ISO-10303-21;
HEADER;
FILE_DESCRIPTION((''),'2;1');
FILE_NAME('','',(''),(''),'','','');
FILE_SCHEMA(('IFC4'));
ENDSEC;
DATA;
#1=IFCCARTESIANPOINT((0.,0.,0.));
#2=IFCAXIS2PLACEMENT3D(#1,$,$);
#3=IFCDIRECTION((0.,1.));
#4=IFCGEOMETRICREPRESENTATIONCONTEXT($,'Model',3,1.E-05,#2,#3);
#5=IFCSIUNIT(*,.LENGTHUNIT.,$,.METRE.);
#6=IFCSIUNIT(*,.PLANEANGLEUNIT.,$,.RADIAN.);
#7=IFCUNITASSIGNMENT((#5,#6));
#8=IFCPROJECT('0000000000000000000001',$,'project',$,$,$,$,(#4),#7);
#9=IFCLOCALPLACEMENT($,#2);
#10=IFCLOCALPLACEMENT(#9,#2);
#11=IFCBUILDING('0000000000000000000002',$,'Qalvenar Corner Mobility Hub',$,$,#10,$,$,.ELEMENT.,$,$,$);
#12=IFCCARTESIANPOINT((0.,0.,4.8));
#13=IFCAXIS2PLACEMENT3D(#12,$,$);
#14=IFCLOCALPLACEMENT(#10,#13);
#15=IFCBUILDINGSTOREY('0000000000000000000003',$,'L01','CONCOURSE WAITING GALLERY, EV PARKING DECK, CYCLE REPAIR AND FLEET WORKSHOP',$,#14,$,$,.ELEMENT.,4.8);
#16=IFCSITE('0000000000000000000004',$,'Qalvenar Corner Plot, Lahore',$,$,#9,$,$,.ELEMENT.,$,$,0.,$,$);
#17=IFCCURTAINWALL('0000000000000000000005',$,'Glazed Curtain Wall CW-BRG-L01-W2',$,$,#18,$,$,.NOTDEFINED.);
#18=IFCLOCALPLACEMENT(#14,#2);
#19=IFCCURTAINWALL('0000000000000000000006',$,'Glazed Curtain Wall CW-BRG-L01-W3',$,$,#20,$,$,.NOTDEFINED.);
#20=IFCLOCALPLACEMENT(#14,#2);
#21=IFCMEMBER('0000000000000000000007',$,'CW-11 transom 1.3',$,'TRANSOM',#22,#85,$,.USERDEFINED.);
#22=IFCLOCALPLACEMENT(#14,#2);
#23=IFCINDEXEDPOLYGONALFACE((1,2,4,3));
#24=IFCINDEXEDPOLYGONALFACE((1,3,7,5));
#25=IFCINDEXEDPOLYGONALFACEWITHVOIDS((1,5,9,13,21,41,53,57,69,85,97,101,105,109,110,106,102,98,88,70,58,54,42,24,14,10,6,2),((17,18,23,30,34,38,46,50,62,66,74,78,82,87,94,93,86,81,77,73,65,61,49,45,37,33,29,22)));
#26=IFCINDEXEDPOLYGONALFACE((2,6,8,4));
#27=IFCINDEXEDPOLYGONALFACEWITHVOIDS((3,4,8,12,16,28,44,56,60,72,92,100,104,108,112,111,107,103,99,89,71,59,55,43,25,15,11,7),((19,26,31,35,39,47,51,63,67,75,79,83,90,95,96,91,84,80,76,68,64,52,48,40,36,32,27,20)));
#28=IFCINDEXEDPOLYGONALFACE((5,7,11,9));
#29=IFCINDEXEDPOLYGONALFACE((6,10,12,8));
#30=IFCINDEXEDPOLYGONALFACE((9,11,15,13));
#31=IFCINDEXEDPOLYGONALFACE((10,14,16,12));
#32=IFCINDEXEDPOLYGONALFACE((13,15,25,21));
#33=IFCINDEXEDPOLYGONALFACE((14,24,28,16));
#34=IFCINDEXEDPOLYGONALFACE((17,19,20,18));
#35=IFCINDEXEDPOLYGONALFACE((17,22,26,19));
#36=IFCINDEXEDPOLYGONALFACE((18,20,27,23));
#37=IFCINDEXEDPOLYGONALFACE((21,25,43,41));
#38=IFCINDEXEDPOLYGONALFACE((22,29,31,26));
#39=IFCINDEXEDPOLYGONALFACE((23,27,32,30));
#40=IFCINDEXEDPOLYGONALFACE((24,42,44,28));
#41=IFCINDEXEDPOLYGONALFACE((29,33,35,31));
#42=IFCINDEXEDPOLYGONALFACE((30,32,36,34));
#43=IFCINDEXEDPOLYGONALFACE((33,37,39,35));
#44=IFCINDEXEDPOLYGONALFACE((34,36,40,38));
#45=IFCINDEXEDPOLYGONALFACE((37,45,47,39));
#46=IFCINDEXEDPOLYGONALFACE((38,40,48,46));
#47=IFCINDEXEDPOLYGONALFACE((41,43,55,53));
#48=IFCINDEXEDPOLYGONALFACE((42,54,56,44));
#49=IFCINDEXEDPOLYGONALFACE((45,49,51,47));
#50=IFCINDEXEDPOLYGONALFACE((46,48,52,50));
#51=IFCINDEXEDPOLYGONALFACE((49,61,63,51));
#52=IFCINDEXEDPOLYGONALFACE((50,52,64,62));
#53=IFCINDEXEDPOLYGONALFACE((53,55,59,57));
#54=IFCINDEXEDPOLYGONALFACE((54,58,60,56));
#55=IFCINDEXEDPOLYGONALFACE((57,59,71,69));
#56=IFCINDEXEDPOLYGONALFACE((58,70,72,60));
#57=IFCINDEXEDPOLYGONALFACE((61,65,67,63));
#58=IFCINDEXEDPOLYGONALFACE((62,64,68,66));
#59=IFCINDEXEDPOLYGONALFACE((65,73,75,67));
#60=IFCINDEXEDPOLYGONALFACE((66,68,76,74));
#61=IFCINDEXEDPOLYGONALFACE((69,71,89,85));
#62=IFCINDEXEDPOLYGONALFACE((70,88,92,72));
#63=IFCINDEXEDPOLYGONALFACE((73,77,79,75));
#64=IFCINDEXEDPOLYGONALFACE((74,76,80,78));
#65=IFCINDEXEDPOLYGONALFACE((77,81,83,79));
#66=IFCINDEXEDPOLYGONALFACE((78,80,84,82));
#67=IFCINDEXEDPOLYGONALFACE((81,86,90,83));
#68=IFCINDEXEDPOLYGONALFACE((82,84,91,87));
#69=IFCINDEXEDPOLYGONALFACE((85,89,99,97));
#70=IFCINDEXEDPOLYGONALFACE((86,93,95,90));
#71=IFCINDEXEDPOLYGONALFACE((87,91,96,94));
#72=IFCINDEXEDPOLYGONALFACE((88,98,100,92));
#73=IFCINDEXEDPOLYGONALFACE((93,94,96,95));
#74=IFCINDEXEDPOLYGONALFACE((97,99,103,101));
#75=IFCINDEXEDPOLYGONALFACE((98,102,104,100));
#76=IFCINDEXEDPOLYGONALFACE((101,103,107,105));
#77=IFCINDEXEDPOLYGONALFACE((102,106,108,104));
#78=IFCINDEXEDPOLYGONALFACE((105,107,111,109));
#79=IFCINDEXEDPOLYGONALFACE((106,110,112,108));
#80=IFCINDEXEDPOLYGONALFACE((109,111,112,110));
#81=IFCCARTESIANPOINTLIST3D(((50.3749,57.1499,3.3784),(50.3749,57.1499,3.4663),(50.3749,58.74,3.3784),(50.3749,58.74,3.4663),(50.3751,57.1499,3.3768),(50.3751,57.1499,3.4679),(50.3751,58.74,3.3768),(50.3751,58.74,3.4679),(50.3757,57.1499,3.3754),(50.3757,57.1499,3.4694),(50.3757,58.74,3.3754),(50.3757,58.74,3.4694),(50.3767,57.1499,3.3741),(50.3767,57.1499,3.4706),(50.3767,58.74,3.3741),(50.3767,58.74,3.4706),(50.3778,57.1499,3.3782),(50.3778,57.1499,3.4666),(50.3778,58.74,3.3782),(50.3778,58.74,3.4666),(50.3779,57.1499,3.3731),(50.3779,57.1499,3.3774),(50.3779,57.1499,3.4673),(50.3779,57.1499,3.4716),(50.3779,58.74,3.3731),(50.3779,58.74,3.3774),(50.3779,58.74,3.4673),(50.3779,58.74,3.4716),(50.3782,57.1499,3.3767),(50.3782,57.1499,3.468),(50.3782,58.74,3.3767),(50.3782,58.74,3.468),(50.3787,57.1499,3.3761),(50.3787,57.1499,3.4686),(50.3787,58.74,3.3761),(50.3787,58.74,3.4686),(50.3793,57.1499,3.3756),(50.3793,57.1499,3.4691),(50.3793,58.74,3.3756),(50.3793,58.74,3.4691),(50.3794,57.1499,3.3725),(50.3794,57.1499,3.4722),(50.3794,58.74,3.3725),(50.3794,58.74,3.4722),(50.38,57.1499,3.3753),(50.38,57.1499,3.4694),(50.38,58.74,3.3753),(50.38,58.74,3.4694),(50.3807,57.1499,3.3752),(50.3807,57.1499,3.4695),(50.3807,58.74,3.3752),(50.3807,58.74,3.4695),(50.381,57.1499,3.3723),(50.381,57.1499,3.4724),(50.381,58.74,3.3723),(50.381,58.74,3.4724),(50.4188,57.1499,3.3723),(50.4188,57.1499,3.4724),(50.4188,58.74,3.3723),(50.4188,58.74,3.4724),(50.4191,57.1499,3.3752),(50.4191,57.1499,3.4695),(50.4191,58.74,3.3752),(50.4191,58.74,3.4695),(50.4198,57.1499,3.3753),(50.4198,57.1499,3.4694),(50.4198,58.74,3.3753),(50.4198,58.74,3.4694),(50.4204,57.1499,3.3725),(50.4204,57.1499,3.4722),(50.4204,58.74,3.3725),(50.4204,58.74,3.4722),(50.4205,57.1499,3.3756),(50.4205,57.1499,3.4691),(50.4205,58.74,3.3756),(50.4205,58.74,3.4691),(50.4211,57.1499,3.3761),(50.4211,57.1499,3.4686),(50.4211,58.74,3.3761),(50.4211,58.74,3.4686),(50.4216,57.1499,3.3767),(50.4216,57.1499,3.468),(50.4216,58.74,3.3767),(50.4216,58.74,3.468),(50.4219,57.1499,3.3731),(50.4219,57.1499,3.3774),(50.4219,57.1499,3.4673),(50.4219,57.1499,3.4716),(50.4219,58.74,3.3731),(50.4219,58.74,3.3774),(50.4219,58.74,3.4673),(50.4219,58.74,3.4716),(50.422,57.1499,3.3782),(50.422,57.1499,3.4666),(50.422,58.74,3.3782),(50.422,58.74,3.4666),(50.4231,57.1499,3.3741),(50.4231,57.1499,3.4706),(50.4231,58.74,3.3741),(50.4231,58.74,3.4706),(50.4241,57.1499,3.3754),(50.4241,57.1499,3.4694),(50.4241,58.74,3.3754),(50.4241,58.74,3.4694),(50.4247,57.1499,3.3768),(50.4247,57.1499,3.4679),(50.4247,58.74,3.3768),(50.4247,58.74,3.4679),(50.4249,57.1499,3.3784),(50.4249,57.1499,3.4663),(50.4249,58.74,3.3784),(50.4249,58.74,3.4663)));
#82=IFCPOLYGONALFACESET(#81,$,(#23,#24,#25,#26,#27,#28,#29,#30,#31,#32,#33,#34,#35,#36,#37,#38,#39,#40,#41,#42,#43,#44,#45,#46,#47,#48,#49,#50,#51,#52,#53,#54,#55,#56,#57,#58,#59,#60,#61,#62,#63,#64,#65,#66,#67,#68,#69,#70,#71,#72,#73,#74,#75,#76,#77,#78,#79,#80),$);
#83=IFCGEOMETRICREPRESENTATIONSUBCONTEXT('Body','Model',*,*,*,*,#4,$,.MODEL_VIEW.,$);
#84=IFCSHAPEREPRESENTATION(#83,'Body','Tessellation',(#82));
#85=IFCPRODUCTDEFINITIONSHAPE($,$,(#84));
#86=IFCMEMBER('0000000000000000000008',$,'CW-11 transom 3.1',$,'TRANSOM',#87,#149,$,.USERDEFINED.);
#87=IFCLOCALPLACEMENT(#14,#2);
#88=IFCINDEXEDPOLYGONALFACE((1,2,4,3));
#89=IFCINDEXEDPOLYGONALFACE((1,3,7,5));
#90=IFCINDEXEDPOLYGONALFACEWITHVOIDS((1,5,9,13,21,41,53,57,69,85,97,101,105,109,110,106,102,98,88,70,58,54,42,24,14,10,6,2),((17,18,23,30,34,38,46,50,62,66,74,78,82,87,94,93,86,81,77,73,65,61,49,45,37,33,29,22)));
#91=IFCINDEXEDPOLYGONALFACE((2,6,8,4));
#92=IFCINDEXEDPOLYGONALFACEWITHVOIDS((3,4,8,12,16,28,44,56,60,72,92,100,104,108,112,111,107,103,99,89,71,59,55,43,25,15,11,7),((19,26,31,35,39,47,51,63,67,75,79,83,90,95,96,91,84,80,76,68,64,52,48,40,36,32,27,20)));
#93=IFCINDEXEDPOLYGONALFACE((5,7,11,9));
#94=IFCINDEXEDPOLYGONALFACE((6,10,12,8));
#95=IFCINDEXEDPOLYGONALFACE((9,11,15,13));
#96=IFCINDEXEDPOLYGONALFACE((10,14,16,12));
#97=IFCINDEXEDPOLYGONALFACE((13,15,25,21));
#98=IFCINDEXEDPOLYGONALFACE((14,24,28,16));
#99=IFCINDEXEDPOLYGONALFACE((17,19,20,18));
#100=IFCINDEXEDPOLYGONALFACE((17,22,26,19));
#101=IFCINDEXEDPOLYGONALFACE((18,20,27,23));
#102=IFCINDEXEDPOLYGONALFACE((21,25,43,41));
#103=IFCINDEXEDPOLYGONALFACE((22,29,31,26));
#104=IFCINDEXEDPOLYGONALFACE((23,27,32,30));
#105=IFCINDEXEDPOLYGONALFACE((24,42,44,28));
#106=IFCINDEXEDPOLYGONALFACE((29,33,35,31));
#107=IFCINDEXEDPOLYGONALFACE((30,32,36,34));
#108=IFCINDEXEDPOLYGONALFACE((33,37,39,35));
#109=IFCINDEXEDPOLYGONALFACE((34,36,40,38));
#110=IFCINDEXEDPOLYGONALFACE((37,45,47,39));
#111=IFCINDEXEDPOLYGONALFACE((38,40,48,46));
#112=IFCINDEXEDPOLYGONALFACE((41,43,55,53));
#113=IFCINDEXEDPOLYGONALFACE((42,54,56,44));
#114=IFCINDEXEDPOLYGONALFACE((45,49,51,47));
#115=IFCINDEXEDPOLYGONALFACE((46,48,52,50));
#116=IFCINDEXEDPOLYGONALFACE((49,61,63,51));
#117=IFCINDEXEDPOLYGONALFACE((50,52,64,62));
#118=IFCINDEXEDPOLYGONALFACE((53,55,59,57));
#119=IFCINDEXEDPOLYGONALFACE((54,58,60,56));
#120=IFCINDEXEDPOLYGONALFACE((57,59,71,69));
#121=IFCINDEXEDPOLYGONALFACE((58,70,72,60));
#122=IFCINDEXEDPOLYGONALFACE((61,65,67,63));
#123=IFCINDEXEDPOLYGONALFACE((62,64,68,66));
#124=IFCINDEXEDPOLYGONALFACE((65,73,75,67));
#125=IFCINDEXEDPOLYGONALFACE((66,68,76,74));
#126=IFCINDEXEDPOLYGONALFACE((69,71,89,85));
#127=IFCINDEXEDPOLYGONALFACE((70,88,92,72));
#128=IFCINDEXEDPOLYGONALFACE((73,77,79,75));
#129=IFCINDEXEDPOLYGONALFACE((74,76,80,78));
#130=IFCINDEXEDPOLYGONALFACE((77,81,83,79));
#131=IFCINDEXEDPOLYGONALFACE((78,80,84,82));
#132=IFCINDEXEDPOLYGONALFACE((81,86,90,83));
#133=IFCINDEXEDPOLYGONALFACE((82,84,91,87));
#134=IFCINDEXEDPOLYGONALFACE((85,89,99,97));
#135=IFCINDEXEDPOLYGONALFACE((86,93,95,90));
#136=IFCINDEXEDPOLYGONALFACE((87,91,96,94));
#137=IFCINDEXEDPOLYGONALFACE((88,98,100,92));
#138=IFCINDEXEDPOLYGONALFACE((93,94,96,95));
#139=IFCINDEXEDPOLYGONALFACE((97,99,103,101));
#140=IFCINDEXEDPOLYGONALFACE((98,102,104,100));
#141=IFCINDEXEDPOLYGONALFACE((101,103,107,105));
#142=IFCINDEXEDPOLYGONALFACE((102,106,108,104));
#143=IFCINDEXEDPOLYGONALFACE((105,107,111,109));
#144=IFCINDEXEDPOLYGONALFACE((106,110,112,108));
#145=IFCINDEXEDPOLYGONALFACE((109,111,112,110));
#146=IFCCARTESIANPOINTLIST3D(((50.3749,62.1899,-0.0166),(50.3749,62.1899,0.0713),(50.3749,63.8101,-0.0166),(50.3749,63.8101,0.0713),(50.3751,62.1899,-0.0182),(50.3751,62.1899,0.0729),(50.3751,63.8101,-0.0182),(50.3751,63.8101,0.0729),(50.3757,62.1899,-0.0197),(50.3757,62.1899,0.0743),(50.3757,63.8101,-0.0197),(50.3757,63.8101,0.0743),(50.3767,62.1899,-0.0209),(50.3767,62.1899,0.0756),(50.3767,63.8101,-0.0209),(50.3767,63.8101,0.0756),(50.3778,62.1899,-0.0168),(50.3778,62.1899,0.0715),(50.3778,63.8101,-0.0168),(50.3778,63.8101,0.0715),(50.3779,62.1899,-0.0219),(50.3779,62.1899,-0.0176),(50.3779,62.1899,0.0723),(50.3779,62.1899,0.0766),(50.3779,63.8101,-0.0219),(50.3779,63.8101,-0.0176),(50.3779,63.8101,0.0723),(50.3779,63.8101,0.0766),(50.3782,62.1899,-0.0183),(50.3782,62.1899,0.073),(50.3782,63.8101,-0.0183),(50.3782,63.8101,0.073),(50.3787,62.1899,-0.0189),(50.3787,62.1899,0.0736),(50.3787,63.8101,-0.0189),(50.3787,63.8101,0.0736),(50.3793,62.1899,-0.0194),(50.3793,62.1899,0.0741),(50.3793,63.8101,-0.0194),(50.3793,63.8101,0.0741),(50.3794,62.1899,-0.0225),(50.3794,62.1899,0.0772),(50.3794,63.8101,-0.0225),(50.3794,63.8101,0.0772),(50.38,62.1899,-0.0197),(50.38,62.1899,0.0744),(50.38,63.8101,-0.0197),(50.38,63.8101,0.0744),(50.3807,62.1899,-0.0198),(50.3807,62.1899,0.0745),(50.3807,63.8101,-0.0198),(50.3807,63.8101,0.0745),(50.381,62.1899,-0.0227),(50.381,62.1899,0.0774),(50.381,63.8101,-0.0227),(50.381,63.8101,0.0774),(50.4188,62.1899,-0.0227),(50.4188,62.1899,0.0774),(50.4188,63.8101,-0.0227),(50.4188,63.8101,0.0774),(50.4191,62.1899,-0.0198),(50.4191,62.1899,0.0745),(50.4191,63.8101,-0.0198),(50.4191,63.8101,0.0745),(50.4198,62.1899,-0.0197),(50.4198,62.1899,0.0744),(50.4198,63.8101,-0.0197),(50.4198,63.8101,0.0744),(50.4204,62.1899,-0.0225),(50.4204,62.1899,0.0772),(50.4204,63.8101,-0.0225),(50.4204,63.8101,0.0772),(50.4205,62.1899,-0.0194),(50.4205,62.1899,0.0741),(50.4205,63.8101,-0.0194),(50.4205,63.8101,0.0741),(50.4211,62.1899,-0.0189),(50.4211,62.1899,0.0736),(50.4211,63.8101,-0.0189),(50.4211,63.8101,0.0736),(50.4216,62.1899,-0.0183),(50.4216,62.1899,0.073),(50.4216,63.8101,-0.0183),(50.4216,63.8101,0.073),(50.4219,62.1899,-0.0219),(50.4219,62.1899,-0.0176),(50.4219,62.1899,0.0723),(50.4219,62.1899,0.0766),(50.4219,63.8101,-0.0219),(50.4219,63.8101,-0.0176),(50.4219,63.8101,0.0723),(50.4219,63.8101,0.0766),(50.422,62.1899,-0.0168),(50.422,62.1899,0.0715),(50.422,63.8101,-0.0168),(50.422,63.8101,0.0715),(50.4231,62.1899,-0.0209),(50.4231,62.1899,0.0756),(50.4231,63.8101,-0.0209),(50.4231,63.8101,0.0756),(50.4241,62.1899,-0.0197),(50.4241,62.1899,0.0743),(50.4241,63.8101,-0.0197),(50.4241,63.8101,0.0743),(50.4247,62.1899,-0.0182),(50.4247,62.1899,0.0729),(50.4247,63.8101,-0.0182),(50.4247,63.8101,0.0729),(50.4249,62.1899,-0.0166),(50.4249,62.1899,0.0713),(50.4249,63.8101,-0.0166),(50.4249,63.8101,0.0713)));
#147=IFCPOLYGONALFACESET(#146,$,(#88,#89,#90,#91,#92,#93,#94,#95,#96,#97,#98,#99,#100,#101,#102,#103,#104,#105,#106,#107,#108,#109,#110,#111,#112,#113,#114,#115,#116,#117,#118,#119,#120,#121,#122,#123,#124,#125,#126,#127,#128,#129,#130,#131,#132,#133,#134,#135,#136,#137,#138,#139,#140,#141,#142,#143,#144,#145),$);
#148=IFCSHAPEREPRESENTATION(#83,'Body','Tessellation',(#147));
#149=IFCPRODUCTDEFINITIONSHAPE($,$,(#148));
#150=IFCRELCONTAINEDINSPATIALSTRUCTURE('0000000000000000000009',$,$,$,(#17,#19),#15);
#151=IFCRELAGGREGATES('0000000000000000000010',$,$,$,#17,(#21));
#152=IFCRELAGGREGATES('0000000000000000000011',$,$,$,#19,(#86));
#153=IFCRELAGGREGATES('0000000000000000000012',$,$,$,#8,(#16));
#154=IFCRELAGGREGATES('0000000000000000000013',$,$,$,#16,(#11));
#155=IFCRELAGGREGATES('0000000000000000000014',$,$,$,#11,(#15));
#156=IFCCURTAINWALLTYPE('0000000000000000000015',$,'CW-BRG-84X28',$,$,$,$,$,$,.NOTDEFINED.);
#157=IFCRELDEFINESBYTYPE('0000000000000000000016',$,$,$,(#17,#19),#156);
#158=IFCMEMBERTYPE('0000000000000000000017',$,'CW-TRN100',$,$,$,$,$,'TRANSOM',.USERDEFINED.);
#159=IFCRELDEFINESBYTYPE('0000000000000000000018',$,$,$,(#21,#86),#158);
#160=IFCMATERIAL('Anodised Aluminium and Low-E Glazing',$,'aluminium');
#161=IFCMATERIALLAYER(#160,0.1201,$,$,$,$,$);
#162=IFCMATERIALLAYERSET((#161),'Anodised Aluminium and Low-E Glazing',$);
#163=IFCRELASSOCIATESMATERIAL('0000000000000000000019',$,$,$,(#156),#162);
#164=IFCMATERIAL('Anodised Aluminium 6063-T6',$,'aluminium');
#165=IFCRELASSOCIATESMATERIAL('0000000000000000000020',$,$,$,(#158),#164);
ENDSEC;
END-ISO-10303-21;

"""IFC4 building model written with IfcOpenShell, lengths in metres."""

from ifc_helpers import new_model, si_unit, direction, frame, origin, origin_2d, place, context, subcontext, project, spatial, hollow_rectangle, extrude, material, layer, layer_set, material_profile, profile_set, type_object, element, aggregate, save


model = new_model("IFC4")

# Units and contexts
model_context = context("Model", 3, precision=1e-05, world=origin(), true_north=direction((0.0, 1.0)))
body_context = subcontext(model_context, "Body", "Model", "MODEL_VIEW")
ifc_project = project(units=[si_unit("LENGTHUNIT", "METRE"), si_unit("PLANEANGLEUNIT", "RADIAN")], contexts=[model_context])

# Site, building, storey
site_placement = place(None, origin())
site = spatial("IfcSite", under=ifc_project, at=site_placement, Name="Qalvenar Corner Plot, Lahore", CompositionType="ELEMENT", RefElevation=0.0)
building_placement = place(site_placement, origin())
building = spatial("IfcBuilding", under=site, at=building_placement, Name="Qalvenar Corner Mobility Hub", CompositionType="ELEMENT")
storey_placement = place(building_placement, frame((0.0, 0.0, 4.8)))
storey = spatial("IfcBuildingStorey", under=building, at=storey_placement, Name="L01", Description="CONCOURSE WAITING GALLERY, EV PARKING DECK, CYCLE REPAIR AND FLEET WORKSHOP", CompositionType="ELEMENT", Elevation=4.8)

# Curtain wall
ifc_material_1 = material(Name="Anodised Aluminium and Low-E Glazing", Category="aluminium")
ifc_layer_1 = layer(ifc_material_1, 0.1201)
ifc_layer_set_1 = layer_set([ifc_layer_1], Name="Anodised Aluminium and Low-E Glazing")
curtain_wall_type = type_object("IfcCurtainWallType", Name="CW-BRG-84X28", PredefinedType="NOTDEFINED", material=ifc_layer_set_1)
curtain_wall_1_placement = place(storey_placement, origin())
curtain_wall_1 = element("IfcCurtainWall", 1, at=curtain_wall_1_placement, inside=storey, type_object=curtain_wall_type, Name="Glazed Curtain Wall CW-BRG-L01-W2", PredefinedType="NOTDEFINED")
ifc_material_2 = material(Name="Anodised Aluminium 6063-T6", Category="aluminium")

# Curtain wall
curtain_wall_2_placement = place(storey_placement, origin())
curtain_wall_2 = element("IfcCurtainWall", 2, at=curtain_wall_2_placement, inside=storey, type_object=curtain_wall_type, Name="Glazed Curtain Wall CW-BRG-L01-W3", PredefinedType="NOTDEFINED")

# Members
ifc_material_profile_1 = material_profile(ifc_material_2, hollow_rectangle(XDim=0.05, YDim=0.1001, WallThickness=0.0029, InnerFilletRadius=0.0029, OuterFilletRadius=0.0061, at=origin_2d()), Name="RHS100x50x3")
ifc_profile_set_1 = profile_set([ifc_material_profile_1], Name="Anodised Aluminium 6063-T6")
member_type_1 = type_object("IfcMemberType", Name="CW-TRN100", ElementType="TRANSOM", PredefinedType="USERDEFINED", material=ifc_profile_set_1)
member_1_placement = place(storey_placement, frame((50.3999, 58.74, 3.4224), z_axis=(0.0, -1.0, 0.0), x_axis=(1.0, 0.0, 0.0)))
member_1 = element("IfcMember", 3, at=member_1_placement, type_object=member_type_1, Name="CW-11 transom 1.3", ObjectType="TRANSOM", PredefinedType="USERDEFINED", context=body_context, shape_type="SweptSolid", body=[
    extrude(hollow_rectangle(XDim=0.05, YDim=0.1001, WallThickness=0.0029, InnerFilletRadius=0.0029, OuterFilletRadius=0.0061, at=origin_2d()), origin(), (0.0, 0.0, 1.0), 1.5901),
])
aggregate(curtain_wall_1, [member_1])
member_2_placement = place(storey_placement, frame((50.3999, 63.8101, 0.0273), z_axis=(0.0, -1.0, 0.0), x_axis=(1.0, 0.0, 0.0)))
member_2 = element("IfcMember", 4, at=member_2_placement, type_object=member_type_1, Name="CW-11 transom 3.1", ObjectType="TRANSOM", PredefinedType="USERDEFINED", context=body_context, shape_type="SweptSolid", body=[
    extrude(hollow_rectangle(XDim=0.05, YDim=0.1001, WallThickness=0.0029, InnerFilletRadius=0.0029, OuterFilletRadius=0.0061, at=origin_2d()), origin(), (0.0, 0.0, 1.0), 1.6201),
])

aggregate(curtain_wall_2, [member_2])

save(model, "model.ifc")
